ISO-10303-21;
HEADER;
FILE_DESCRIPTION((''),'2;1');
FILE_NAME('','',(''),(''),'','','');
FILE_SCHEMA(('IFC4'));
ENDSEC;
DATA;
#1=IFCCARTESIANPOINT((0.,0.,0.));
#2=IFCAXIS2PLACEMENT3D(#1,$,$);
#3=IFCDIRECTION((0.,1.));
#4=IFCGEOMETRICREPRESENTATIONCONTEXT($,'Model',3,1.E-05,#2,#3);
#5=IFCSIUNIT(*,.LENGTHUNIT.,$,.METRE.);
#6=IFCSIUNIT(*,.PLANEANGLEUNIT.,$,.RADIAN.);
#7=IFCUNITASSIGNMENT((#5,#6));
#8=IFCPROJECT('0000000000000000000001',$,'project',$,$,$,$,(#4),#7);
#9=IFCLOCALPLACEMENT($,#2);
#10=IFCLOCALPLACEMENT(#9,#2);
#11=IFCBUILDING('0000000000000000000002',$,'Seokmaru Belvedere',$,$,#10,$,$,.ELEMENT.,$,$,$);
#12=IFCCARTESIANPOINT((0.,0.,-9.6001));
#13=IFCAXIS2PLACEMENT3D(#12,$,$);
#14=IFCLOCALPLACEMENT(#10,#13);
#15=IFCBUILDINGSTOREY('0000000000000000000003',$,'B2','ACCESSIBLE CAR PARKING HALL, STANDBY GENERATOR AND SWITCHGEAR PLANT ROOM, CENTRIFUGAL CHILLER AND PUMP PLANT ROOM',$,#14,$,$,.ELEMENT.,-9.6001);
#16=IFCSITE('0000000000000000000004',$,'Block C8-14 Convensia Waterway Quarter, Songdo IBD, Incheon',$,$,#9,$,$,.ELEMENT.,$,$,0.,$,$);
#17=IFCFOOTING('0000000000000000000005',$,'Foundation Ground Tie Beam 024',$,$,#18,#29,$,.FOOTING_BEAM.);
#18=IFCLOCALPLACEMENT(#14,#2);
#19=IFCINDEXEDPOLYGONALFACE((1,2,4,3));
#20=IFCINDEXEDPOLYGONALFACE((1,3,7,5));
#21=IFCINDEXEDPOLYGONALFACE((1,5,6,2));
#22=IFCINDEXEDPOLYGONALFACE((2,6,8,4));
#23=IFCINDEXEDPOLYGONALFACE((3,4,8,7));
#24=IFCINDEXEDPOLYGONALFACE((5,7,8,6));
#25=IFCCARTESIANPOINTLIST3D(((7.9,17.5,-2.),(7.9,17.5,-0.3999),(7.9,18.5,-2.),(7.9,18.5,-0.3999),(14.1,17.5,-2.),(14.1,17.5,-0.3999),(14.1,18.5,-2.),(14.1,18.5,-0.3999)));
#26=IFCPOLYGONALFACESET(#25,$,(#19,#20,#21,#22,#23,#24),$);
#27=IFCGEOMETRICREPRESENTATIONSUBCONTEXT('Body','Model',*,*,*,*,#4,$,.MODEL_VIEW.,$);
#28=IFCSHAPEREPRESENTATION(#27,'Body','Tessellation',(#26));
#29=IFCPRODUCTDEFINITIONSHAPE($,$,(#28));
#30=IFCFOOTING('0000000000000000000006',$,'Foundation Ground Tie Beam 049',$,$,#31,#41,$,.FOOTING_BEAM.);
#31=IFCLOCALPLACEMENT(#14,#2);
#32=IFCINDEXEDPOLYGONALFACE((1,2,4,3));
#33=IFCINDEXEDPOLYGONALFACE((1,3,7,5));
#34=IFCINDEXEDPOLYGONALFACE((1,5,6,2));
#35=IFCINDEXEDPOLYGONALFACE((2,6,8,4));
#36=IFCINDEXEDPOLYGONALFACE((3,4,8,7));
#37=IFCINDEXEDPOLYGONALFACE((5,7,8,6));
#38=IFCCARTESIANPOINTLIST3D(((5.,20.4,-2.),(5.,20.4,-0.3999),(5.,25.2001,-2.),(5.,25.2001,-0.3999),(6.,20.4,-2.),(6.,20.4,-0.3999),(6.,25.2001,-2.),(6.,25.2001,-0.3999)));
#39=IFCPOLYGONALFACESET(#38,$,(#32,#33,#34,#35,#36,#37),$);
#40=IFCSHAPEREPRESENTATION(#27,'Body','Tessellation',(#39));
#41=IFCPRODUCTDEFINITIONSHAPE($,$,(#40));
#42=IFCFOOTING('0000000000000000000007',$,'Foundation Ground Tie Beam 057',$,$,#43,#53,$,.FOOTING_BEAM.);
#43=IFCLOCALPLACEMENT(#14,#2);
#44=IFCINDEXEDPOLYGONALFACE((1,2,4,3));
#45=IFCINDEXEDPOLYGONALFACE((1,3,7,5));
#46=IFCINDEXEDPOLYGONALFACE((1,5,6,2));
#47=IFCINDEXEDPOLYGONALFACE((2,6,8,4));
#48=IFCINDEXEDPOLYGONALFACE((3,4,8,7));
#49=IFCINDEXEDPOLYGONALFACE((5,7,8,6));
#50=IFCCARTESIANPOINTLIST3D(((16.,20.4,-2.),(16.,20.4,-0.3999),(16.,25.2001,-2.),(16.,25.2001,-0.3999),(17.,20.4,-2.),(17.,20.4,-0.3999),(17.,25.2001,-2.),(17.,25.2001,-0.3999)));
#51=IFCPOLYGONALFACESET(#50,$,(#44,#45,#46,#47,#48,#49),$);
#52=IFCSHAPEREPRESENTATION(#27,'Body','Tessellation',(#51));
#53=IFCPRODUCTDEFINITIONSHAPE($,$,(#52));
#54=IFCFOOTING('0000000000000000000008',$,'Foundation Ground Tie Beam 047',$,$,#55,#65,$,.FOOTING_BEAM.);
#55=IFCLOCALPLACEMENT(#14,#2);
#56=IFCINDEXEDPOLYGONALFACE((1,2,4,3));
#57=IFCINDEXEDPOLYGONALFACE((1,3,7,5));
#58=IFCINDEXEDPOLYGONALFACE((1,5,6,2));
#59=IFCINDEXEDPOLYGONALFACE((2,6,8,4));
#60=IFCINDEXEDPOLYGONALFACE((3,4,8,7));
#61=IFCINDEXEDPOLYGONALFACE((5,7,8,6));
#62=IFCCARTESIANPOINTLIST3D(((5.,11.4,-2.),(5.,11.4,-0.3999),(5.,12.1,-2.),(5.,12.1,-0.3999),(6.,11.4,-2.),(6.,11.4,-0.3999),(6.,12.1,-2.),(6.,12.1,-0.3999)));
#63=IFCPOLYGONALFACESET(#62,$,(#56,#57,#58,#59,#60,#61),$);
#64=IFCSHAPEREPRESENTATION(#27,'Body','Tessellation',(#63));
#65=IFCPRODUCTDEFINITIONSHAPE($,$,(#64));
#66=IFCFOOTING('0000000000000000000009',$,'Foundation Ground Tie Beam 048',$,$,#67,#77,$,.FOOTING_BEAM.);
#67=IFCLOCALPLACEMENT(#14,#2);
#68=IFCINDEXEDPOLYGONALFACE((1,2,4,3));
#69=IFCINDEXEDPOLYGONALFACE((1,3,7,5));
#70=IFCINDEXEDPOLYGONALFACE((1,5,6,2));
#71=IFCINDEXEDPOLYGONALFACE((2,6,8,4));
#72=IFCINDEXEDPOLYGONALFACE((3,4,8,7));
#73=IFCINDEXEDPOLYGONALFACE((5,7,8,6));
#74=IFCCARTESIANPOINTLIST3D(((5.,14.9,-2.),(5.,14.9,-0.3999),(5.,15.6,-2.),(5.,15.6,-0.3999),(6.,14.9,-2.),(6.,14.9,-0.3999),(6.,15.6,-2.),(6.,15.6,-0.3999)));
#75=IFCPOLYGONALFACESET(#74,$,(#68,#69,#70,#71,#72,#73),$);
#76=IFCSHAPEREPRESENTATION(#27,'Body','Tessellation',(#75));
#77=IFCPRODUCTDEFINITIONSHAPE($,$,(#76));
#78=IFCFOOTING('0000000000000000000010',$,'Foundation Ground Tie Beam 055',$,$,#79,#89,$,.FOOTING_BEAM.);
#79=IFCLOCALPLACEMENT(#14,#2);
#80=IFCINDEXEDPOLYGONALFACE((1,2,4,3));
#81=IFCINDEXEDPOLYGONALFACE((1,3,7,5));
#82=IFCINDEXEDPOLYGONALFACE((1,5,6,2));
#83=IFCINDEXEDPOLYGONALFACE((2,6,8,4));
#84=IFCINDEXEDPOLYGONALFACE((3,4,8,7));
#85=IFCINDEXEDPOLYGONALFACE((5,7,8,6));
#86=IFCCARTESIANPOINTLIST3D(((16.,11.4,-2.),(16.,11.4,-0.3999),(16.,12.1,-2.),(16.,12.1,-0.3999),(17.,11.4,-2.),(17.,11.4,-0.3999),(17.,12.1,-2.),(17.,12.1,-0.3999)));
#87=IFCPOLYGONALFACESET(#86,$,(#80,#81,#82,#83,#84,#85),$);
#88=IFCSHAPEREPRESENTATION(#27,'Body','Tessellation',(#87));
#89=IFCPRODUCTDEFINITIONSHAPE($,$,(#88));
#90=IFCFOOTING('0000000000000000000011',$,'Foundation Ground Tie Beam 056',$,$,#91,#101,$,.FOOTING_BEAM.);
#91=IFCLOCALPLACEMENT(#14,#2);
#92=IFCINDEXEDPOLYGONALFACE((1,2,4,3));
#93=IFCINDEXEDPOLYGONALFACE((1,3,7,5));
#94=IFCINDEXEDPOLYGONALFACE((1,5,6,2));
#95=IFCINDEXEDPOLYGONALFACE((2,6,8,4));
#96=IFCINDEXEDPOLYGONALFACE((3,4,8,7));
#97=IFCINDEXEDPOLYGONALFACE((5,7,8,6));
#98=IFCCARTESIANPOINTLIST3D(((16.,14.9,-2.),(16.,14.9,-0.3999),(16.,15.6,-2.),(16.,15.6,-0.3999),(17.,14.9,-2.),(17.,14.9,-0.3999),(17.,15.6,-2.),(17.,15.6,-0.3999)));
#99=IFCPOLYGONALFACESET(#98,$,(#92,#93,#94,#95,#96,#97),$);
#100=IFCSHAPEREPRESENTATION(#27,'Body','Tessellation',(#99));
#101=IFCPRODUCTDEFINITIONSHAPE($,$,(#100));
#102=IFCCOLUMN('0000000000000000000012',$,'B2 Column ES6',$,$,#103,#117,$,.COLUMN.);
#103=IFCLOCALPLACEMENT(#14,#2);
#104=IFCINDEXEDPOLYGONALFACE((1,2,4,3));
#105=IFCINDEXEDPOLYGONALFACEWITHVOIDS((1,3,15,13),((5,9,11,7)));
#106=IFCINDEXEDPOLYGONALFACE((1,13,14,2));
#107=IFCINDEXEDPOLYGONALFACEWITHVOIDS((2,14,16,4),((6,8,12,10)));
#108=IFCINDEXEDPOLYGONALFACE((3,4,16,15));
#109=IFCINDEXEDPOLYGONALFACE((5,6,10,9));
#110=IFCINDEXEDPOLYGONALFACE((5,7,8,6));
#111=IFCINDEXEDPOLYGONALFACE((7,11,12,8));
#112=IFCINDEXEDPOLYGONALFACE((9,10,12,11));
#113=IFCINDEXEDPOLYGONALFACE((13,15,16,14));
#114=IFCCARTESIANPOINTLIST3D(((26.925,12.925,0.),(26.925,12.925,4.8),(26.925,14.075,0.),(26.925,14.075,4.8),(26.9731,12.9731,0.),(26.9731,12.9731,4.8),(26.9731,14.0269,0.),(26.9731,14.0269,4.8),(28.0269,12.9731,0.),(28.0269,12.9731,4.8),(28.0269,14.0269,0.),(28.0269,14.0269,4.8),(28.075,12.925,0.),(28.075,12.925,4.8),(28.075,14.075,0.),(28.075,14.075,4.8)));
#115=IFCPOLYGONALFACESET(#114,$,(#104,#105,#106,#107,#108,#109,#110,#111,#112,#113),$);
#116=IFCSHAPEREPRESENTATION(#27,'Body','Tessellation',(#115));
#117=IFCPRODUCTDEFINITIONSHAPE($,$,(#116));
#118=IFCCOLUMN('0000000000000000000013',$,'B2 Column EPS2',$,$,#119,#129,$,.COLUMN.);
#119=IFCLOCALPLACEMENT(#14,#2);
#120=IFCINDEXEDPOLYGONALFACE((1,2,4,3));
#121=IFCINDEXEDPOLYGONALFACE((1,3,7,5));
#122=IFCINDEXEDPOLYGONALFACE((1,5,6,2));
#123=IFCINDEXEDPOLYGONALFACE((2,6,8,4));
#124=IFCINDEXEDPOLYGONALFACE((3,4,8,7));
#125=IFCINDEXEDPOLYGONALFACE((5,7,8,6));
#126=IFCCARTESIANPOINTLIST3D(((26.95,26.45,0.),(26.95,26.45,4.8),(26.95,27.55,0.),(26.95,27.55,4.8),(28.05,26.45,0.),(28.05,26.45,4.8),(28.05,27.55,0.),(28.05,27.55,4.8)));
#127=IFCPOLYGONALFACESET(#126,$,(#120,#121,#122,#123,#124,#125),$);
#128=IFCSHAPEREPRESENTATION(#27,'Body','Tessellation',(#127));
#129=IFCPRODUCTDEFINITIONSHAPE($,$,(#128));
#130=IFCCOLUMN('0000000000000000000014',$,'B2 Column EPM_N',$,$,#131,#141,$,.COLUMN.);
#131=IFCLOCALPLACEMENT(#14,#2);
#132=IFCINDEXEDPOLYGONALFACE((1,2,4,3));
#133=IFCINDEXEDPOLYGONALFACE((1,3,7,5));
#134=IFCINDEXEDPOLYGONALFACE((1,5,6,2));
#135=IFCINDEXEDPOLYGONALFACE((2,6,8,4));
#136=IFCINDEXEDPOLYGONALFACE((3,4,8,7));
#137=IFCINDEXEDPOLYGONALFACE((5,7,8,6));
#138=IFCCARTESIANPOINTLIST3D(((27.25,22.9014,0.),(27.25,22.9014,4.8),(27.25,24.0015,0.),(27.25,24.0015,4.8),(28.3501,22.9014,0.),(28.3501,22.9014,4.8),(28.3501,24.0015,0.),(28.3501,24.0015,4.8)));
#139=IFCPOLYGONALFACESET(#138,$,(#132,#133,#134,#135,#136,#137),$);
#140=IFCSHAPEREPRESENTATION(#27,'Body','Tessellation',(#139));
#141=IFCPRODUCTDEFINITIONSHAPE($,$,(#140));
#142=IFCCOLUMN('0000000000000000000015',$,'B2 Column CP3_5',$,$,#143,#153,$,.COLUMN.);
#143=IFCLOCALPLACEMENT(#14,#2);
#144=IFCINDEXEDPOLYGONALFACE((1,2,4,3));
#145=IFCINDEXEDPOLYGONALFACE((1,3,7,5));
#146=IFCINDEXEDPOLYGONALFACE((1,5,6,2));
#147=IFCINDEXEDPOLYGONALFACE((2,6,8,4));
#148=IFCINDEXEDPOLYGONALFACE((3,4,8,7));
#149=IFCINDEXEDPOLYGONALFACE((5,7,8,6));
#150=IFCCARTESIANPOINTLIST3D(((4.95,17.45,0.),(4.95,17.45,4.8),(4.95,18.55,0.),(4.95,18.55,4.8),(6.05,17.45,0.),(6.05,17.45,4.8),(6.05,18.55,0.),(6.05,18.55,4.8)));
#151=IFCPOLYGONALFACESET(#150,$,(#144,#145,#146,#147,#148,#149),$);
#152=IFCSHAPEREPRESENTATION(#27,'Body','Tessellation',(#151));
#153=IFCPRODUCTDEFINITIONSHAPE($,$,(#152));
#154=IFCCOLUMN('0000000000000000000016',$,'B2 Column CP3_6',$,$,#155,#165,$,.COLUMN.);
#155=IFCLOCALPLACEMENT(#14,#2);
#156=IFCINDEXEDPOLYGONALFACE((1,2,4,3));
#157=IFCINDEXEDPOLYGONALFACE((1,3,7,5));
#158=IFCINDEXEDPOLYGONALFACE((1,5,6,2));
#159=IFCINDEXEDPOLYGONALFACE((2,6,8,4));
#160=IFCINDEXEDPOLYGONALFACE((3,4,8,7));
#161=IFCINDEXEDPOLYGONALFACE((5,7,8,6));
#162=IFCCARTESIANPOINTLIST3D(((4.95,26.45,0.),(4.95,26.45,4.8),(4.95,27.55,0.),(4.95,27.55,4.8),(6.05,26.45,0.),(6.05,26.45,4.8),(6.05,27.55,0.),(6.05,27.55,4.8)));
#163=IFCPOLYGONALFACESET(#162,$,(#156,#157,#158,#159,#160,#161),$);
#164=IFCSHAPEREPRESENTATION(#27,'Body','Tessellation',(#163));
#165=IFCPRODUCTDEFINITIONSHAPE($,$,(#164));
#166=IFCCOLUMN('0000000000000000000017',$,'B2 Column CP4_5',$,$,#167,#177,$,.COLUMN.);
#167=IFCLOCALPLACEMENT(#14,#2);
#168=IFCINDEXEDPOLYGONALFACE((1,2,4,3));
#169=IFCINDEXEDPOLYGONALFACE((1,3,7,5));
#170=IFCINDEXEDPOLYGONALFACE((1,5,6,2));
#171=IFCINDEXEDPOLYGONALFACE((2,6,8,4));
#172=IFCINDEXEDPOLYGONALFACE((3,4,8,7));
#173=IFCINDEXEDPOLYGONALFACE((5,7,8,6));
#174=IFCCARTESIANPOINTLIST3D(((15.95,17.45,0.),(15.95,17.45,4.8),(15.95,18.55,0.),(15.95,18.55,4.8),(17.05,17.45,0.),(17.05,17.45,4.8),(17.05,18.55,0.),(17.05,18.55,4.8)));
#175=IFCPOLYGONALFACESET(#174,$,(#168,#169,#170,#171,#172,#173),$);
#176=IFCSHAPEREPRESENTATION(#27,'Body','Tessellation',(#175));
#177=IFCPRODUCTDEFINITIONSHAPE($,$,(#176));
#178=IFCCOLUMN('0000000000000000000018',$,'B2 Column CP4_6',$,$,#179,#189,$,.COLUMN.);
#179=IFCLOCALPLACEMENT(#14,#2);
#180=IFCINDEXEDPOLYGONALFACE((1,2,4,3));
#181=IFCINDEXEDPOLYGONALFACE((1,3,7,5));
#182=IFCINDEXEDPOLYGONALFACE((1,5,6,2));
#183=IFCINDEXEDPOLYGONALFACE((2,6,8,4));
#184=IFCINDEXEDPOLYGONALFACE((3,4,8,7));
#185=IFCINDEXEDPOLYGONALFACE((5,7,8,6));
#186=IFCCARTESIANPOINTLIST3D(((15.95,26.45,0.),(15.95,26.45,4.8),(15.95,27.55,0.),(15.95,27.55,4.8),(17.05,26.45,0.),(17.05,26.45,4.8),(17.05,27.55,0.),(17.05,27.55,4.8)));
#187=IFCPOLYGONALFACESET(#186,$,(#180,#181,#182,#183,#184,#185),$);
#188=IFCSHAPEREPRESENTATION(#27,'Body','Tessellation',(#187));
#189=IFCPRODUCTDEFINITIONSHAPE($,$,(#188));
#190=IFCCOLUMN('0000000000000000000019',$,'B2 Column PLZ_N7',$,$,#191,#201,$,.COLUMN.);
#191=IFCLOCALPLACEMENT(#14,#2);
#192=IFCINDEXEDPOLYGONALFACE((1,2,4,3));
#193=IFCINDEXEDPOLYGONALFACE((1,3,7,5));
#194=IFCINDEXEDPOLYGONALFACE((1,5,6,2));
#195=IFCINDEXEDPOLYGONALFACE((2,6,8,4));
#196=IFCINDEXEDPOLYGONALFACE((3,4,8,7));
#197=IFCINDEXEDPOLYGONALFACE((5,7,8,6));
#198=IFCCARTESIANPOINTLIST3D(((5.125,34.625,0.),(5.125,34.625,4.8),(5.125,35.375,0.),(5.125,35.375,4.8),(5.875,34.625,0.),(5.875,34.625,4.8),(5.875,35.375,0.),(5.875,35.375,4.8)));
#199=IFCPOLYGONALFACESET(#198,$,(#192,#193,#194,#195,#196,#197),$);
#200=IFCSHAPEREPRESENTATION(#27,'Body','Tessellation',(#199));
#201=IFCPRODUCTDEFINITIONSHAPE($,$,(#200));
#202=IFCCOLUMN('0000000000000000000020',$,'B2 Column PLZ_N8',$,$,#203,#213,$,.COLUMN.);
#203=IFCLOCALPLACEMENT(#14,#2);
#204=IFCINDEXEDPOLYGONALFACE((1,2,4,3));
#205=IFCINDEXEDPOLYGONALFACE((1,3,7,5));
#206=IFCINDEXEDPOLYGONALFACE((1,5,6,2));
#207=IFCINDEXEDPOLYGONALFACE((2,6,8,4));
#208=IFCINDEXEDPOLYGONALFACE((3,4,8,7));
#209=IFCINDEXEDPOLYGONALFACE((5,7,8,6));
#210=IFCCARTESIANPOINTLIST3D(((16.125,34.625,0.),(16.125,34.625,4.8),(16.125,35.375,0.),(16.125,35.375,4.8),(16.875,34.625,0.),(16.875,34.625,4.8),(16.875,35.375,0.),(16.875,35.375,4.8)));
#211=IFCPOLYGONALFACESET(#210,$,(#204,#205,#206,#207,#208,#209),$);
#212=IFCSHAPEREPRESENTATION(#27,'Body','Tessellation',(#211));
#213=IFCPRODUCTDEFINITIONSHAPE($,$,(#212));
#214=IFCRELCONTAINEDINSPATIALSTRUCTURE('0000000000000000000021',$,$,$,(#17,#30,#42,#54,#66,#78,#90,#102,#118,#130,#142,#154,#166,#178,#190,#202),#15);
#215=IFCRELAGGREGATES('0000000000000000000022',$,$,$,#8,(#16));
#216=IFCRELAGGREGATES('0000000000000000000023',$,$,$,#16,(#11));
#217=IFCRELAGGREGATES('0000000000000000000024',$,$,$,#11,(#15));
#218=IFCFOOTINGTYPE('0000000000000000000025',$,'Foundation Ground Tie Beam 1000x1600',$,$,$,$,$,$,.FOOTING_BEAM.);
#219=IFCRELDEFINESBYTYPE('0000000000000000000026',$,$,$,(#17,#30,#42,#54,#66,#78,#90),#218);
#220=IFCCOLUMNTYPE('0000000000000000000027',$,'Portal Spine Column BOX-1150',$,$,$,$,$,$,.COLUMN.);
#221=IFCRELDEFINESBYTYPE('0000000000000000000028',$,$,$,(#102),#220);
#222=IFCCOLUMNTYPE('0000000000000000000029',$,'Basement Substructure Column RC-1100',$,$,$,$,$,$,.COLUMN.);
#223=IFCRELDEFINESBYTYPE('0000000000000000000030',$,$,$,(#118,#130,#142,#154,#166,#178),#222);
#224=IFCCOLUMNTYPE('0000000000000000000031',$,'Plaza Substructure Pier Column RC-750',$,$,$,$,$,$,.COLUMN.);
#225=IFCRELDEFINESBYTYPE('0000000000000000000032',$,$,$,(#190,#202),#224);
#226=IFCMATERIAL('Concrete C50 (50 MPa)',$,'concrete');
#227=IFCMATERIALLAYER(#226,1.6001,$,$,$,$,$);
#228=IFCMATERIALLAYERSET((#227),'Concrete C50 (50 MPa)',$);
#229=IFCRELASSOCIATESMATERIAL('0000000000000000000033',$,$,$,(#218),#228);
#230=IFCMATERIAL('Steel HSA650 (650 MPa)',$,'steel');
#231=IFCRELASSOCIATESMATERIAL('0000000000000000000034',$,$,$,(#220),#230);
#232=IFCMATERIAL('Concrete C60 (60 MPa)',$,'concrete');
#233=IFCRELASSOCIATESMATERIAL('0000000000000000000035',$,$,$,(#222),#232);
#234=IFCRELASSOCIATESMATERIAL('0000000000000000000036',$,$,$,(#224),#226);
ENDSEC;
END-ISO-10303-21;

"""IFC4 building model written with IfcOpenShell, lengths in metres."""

from ifc_helpers import new_model, si_unit, direction, frame, origin, origin_2d, place, context, subcontext, project, spatial, rectangle, hollow_rectangle, extrude, source, transform, mapped, material, layer, layer_set, material_profile, profile_set, type_object, type_shapes, element, save


model = new_model("IFC4")

# Units and contexts
model_context = context("Model", 3, precision=1e-05, world=origin(), true_north=direction((0.0, 1.0)))
body_context = subcontext(model_context, "Body", "Model", "MODEL_VIEW")
ifc_project = project(units=[si_unit("LENGTHUNIT", "METRE"), si_unit("PLANEANGLEUNIT", "RADIAN")], contexts=[model_context])

# Site, building, storey
site_placement = place(None, origin())
site = spatial("IfcSite", under=ifc_project, at=site_placement, Name="Block C8-14 Convensia Waterway Quarter, Songdo IBD, Incheon", CompositionType="ELEMENT", RefElevation=0.0)
building_placement = place(site_placement, origin())
building = spatial("IfcBuilding", under=site, at=building_placement, Name="Seokmaru Belvedere", CompositionType="ELEMENT")
storey_placement = place(building_placement, frame((0.0, 0.0, -9.6001)))
storey = spatial("IfcBuildingStorey", under=building, at=storey_placement, Name="B2", Description="ACCESSIBLE CAR PARKING HALL, STANDBY GENERATOR AND SWITCHGEAR PLANT ROOM, CENTRIFUGAL CHILLER AND PUMP PLANT ROOM", CompositionType="ELEMENT", Elevation=-9.6001)

# Shared definitions
ifc_material_1 = material(Name="Concrete C50 (50 MPa)", Category="concrete")

# Footings
ifc_layer_1 = layer(ifc_material_1, 1.6001)
ifc_layer_set_1 = layer_set([ifc_layer_1], Name="Concrete C50 (50 MPa)")
footing_type_1 = type_object("IfcFootingType", Name="Foundation Ground Tie Beam 1000x1600", PredefinedType="FOOTING_BEAM", material=ifc_layer_set_1)
shared_shape_1 = source(origin(), body_context, "Body", "SweptSolid", [
    extrude(rectangle(XDim=6.2, YDim=1.0, at=origin_2d()), origin(), (0.0, 0.0, 1.0), 1.6001),
])
footing_1_placement = place(storey_placement, frame((11.0, 18.0, -2.0), z_axis=(0.0, 0.0, 1.0), x_axis=(1.0, 0.0, 0.0)))
element("IfcFooting", 1, at=footing_1_placement, inside=storey, type_object=footing_type_1, Name="Foundation Ground Tie Beam 024", PredefinedType="FOOTING_BEAM", context=body_context, shape_type="MappedRepresentation", body=[
    mapped(shared_shape_1, transform((0.0, 0.0, 0.0), scale=1.0)),
])
shared_shape_2 = source(origin(), body_context, "Body", "SweptSolid", [
    extrude(rectangle(XDim=1.0, YDim=4.8, at=origin_2d()), origin(), (0.0, 0.0, 1.0), 1.6001),
])
for number, where, z_axis, x_axis, name in (
    (2, (5.5, 22.8, -2.0), (0.0, 0.0, 1.0), (1.0, 0.0, 0.0), "Foundation Ground Tie Beam 049"),
    (3, (16.5, 22.8, -2.0), (0.0, 0.0, 1.0), (1.0, 0.0, 0.0), "Foundation Ground Tie Beam 057"),
):
    element("IfcFooting", number, at=place(storey_placement, frame(where, z_axis=z_axis, x_axis=x_axis)), inside=storey, type_object=footing_type_1, Name=name, PredefinedType="FOOTING_BEAM", context=body_context, shape_type="MappedRepresentation", body=[
        mapped(shared_shape_2, transform((0.0, 0.0, 0.0), scale=1.0)),
    ])
shared_shape_3 = source(origin(), body_context, "Body", "SweptSolid", [
    extrude(rectangle(XDim=1.0, YDim=0.7, at=origin_2d()), origin(), (0.0, 0.0, 1.0), 1.6001),
])
for number, where, z_axis, x_axis, name in (
    (4, (5.5, 11.75, -2.0), (0.0, 0.0, 1.0), (1.0, 0.0, 0.0), "Foundation Ground Tie Beam 047"),
    (5, (5.5, 15.25, -2.0), (0.0, 0.0, 1.0), (1.0, 0.0, 0.0), "Foundation Ground Tie Beam 048"),
    (6, (16.5, 11.75, -2.0), (0.0, 0.0, 1.0), (1.0, 0.0, 0.0), "Foundation Ground Tie Beam 055"),
    (7, (16.5, 15.25, -2.0), (0.0, 0.0, 1.0), (1.0, 0.0, 0.0), "Foundation Ground Tie Beam 056"),
):
    element("IfcFooting", number, at=place(storey_placement, frame(where, z_axis=z_axis, x_axis=x_axis)), inside=storey, type_object=footing_type_1, Name=name, PredefinedType="FOOTING_BEAM", context=body_context, shape_type="MappedRepresentation", body=[
        mapped(shared_shape_3, transform((0.0, 0.0, 0.0), scale=1.0)),
    ])

# Columns
ifc_material_2 = material(Name="Steel HSA650 (650 MPa)", Category="steel")
ifc_material_profile_1 = material_profile(ifc_material_2, hollow_rectangle(XDim=1.1499, YDim=1.1499, WallThickness=0.0481, at=origin_2d()), Name="BOX-1150x1150x48")
ifc_profile_set_1 = profile_set([ifc_material_profile_1], Name="Steel HSA650 (650 MPa)")
column_type_1 = type_object("IfcColumnType", Name="Portal Spine Column BOX-1150", PredefinedType="COLUMN", material=ifc_profile_set_1)
shared_shape_4 = source(origin(), body_context, "Body", "SweptSolid", [
    extrude(hollow_rectangle(XDim=1.1499, YDim=1.1499, WallThickness=0.0481, at=origin_2d()), origin(), (0.0, 0.0, 1.0), 4.8),
])
type_shapes(column_type_1, [shared_shape_4])
column_placement = place(storey_placement, frame((27.5, 13.5, 0.0), z_axis=(0.0, 0.0, 1.0), x_axis=(1.0, 0.0, 0.0)))
element("IfcColumn", 8, at=column_placement, inside=storey, type_object=column_type_1, Name="B2 Column ES6", PredefinedType="COLUMN", context=body_context, shape_type="MappedRepresentation", body=[
    mapped(shared_shape_4, transform((0.0, 0.0, 0.0), scale=1.0)),
])
ifc_material_3 = material(Name="Concrete C60 (60 MPa)", Category="concrete")
ifc_material_profile_2 = material_profile(ifc_material_3, rectangle(XDim=1.1001, YDim=1.1001, at=origin_2d()), Name="RC-1100x1100")
ifc_profile_set_2 = profile_set([ifc_material_profile_2], Name="Concrete C60 (60 MPa)")
column_type_2 = type_object("IfcColumnType", Name="Basement Substructure Column RC-1100", PredefinedType="COLUMN", material=ifc_profile_set_2)
shared_shape_5 = source(origin(), body_context, "Body", "SweptSolid", [
    extrude(rectangle(XDim=1.1001, YDim=1.1001, at=origin_2d()), origin(), (0.0, 0.0, 1.0), 4.8),
])
type_shapes(column_type_2, [shared_shape_5])
for number, where, z_axis, x_axis, name in (
    (9, (27.5, 27.0, 0.0), (0.0, 0.0, 1.0), (1.0, 0.0, 0.0), "B2 Column EPS2"),
    (10, (27.8, 23.4514, 0.0), (0.0, 0.0, 1.0), (1.0, 0.0, 0.0), "B2 Column EPM_N"),
    (11, (5.5, 18.0, 0.0), (0.0, 0.0, 1.0), (1.0, 0.0, 0.0), "B2 Column CP3_5"),
    (12, (5.5, 27.0, 0.0), (0.0, 0.0, 1.0), (1.0, 0.0, 0.0), "B2 Column CP3_6"),
    (13, (16.5, 18.0, 0.0), (0.0, 0.0, 1.0), (1.0, 0.0, 0.0), "B2 Column CP4_5"),
    (14, (16.5, 27.0, 0.0), (0.0, 0.0, 1.0), (1.0, 0.0, 0.0), "B2 Column CP4_6"),
):
    element("IfcColumn", number, at=place(storey_placement, frame(where, z_axis=z_axis, x_axis=x_axis)), inside=storey, type_object=column_type_2, Name=name, PredefinedType="COLUMN", context=body_context, shape_type="MappedRepresentation", body=[
        mapped(shared_shape_5, transform((0.0, 0.0, 0.0), scale=1.0)),
    ])
ifc_material_profile_3 = material_profile(ifc_material_1, rectangle(XDim=0.75, YDim=0.75, at=origin_2d()), Name="RC-750x750")
ifc_profile_set_3 = profile_set([ifc_material_profile_3], Name="Concrete C50 (50 MPa)")
column_type_3 = type_object("IfcColumnType", Name="Plaza Substructure Pier Column RC-750", PredefinedType="COLUMN", material=ifc_profile_set_3)
shared_shape_6 = source(origin(), body_context, "Body", "SweptSolid", [
    extrude(rectangle(XDim=0.75, YDim=0.75, at=origin_2d()), origin(), (0.0, 0.0, 1.0), 4.8),
])
type_shapes(column_type_3, [shared_shape_6])
for number, where, z_axis, x_axis, name in (
    (15, (5.5, 35.0, 0.0), (0.0, 0.0, 1.0), (1.0, 0.0, 0.0), "B2 Column PLZ_N7"),
    (16, (16.5, 35.0, 0.0), (0.0, 0.0, 1.0), (1.0, 0.0, 0.0), "B2 Column PLZ_N8"),
):
    element("IfcColumn", number, at=place(storey_placement, frame(where, z_axis=z_axis, x_axis=x_axis)), inside=storey, type_object=column_type_3, Name=name, PredefinedType="COLUMN", context=body_context, shape_type="MappedRepresentation", body=[
        mapped(shared_shape_6, transform((0.0, 0.0, 0.0), scale=1.0)),
    ])

save(model, "model.ifc")
